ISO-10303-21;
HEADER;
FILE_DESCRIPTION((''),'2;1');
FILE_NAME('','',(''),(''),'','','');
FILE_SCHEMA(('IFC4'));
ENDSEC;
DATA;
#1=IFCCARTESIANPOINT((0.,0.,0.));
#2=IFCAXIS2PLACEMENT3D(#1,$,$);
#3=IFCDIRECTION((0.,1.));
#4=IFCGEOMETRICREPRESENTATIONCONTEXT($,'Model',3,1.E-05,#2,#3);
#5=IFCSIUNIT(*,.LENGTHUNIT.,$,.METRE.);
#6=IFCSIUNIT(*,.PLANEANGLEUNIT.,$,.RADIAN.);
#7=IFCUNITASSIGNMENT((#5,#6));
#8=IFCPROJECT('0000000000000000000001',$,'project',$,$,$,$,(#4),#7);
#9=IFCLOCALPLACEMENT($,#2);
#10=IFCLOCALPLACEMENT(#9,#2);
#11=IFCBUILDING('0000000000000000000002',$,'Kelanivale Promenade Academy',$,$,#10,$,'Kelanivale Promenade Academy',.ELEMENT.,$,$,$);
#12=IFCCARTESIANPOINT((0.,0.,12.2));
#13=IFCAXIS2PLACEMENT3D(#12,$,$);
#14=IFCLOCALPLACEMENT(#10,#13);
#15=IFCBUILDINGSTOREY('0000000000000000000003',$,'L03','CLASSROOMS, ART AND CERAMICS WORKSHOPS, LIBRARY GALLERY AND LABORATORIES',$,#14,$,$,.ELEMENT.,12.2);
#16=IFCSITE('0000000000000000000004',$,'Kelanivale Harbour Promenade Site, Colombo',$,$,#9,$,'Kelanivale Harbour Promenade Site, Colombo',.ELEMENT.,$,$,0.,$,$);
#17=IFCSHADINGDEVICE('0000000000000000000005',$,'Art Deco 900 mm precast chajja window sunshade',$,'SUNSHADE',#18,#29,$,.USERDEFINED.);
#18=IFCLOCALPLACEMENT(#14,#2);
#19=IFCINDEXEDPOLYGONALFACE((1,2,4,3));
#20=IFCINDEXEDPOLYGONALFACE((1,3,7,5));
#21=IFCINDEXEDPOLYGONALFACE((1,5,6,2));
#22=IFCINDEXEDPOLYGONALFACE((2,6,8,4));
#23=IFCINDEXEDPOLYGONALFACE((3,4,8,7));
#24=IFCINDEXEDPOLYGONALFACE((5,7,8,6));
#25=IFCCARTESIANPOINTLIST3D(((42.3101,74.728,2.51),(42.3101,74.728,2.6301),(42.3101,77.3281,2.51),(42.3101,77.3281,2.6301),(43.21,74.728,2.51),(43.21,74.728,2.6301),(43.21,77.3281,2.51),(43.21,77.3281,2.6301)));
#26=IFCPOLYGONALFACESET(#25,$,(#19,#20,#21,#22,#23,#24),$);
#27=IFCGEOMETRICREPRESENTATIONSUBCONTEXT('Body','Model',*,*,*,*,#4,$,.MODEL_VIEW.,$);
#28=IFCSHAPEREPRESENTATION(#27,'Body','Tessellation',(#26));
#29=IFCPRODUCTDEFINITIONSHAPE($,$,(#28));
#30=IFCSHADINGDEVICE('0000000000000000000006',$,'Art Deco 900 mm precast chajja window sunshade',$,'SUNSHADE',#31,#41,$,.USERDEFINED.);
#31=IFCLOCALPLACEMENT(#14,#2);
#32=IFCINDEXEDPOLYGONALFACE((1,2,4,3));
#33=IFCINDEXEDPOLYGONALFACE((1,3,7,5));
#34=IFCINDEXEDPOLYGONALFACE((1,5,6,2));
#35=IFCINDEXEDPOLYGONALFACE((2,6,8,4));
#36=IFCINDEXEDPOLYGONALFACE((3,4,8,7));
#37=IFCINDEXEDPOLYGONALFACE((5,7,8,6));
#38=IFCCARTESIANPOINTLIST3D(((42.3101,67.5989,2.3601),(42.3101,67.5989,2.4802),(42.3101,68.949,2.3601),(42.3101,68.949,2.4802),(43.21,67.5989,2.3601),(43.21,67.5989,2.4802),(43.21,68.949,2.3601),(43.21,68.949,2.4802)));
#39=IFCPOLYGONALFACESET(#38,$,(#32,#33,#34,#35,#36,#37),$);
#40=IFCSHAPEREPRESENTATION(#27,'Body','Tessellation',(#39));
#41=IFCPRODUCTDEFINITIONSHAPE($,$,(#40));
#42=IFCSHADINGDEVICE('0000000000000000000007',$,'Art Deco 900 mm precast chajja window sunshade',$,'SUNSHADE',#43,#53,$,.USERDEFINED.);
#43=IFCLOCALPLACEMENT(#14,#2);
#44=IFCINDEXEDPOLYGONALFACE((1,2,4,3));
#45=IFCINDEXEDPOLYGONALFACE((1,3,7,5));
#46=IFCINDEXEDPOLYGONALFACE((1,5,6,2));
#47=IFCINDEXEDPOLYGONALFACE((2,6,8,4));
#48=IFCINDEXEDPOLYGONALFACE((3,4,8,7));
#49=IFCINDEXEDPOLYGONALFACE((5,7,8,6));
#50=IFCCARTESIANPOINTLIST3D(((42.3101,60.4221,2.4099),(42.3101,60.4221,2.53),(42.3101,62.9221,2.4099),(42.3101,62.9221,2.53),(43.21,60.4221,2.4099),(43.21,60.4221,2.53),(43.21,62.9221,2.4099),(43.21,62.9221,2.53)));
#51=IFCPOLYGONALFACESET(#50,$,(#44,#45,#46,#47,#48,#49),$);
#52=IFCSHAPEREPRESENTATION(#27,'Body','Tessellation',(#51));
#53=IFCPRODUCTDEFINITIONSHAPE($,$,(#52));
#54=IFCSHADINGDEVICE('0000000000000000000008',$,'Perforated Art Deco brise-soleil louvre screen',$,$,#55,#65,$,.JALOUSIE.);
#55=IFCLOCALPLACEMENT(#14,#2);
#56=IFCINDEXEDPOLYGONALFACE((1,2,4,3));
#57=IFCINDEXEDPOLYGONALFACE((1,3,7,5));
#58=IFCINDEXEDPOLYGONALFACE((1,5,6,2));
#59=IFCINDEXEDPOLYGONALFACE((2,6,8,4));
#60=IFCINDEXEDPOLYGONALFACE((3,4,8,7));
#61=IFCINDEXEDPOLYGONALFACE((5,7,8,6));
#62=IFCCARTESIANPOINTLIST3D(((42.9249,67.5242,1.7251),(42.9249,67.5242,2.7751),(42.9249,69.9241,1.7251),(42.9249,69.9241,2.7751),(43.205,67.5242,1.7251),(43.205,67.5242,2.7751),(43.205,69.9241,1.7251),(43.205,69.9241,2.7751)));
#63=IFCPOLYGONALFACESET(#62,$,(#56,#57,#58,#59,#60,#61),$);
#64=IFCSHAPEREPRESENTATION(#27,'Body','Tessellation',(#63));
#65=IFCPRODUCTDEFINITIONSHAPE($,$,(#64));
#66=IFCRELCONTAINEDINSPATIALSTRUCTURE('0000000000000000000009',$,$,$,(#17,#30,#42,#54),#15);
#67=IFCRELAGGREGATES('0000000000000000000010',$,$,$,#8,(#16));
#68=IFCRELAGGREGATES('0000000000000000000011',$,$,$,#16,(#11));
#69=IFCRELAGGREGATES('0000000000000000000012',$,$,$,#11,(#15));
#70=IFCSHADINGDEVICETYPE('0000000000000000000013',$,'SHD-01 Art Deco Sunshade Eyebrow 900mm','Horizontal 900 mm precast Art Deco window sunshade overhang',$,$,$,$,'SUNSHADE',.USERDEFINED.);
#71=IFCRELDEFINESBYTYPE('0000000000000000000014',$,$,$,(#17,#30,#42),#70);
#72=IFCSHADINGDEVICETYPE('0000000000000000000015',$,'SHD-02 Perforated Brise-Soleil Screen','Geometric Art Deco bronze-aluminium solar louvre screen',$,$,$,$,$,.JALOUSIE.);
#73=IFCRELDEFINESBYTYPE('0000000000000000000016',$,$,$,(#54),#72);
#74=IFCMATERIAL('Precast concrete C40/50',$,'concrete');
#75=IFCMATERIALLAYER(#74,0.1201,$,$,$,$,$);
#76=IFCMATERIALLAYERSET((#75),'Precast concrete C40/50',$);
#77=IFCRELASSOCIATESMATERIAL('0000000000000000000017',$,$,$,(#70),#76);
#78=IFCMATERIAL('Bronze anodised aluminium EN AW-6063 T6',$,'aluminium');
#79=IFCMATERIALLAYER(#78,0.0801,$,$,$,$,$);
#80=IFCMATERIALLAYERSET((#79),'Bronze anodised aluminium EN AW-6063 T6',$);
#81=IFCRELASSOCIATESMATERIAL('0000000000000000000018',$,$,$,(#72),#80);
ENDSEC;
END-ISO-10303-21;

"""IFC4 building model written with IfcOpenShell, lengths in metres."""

from ifc_helpers import new_model, si_unit, direction, frame, origin, origin_2d, place, context, subcontext, project, spatial, rectangle, extrude, material, layer, layer_set, type_object, element, save


model = new_model("IFC4")

# Units and contexts
model_context = context("Model", 3, precision=1e-05, world=origin(), true_north=direction((0.0, 1.0)))
body_context = subcontext(model_context, "Body", "Model", "MODEL_VIEW")
ifc_project = project(units=[si_unit("LENGTHUNIT", "METRE"), si_unit("PLANEANGLEUNIT", "RADIAN")], contexts=[model_context])

# Site, building, storey
site_placement = place(None, origin())
site = spatial("IfcSite", under=ifc_project, at=site_placement, Name="Kelanivale Harbour Promenade Site, Colombo", LongName="Kelanivale Harbour Promenade Site, Colombo", CompositionType="ELEMENT", RefElevation=0.0)
building_placement = place(site_placement, origin())
building = spatial("IfcBuilding", under=site, at=building_placement, Name="Kelanivale Promenade Academy", LongName="Kelanivale Promenade Academy", CompositionType="ELEMENT")
storey_placement = place(building_placement, frame((0.0, 0.0, 12.2)))
storey = spatial("IfcBuildingStorey", under=building, at=storey_placement, Name="L03", Description="CLASSROOMS, ART AND CERAMICS WORKSHOPS, LIBRARY GALLERY AND LABORATORIES", CompositionType="ELEMENT", Elevation=12.2)

# Shading devices
ifc_material_1 = material(Name="Precast concrete C40/50", Category="concrete")
ifc_layer_1 = layer(ifc_material_1, 0.1201)
ifc_layer_set_1 = layer_set([ifc_layer_1], Name="Precast concrete C40/50")
shading_device_type_1 = type_object("IfcShadingDeviceType", Name="SHD-01 Art Deco Sunshade Eyebrow 900mm", Description="Horizontal 900 mm precast Art Deco window sunshade overhang", ElementType="SUNSHADE", PredefinedType="USERDEFINED", material=ifc_layer_set_1)
shading_device_1_placement = place(storey_placement, frame((42.76, 76.0281, 2.51), z_axis=(0.0, 0.0, 1.0), x_axis=(0.0, -1.0, 0.0)))
element("IfcShadingDevice", 1, at=shading_device_1_placement, inside=storey, type_object=shading_device_type_1, Name="Art Deco 900 mm precast chajja window sunshade", ObjectType="SUNSHADE", PredefinedType="USERDEFINED", context=body_context, shape_type="SweptSolid", body=[
    extrude(rectangle(XDim=2.6001, YDim=0.8999, at=origin_2d()), origin(), (0.0, 0.0, 1.0), 0.1201),
])
shading_device_2_placement = place(storey_placement, frame((42.76, 68.2739, 2.3601), z_axis=(0.0, 0.0, 1.0), x_axis=(0.0, -1.0, 0.0)))
element("IfcShadingDevice", 2, at=shading_device_2_placement, inside=storey, type_object=shading_device_type_1, Name="Art Deco 900 mm precast chajja window sunshade", ObjectType="SUNSHADE", PredefinedType="USERDEFINED", context=body_context, shape_type="SweptSolid", body=[
    extrude(rectangle(XDim=1.3501, YDim=0.8999, at=origin_2d()), origin(), (0.0, 0.0, 1.0), 0.1201),
])
shading_device_3_placement = place(storey_placement, frame((42.76, 61.6721, 2.4099), z_axis=(0.0, 0.0, 1.0), x_axis=(0.0, -1.0, 0.0)))
element("IfcShadingDevice", 3, at=shading_device_3_placement, inside=storey, type_object=shading_device_type_1, Name="Art Deco 900 mm precast chajja window sunshade", ObjectType="SUNSHADE", PredefinedType="USERDEFINED", context=body_context, shape_type="SweptSolid", body=[
    extrude(rectangle(XDim=2.5, YDim=0.8999, at=origin_2d()), origin(), (0.0, 0.0, 1.0), 0.1201),
])
ifc_material_2 = material(Name="Bronze anodised aluminium EN AW-6063 T6", Category="aluminium")
ifc_layer_2 = layer(ifc_material_2, 0.0801)
ifc_layer_set_2 = layer_set([ifc_layer_2], Name="Bronze anodised aluminium EN AW-6063 T6")
shading_device_type_2 = type_object("IfcShadingDeviceType", Name="SHD-02 Perforated Brise-Soleil Screen", Description="Geometric Art Deco bronze-aluminium solar louvre screen", PredefinedType="JALOUSIE", material=ifc_layer_set_2)
shading_device_4_placement = place(storey_placement, frame((43.0649, 68.7241, 1.7251), z_axis=(0.0, 0.0, 1.0), x_axis=(0.0, -1.0, 0.0)))
element("IfcShadingDevice", 4, at=shading_device_4_placement, inside=storey, type_object=shading_device_type_2, Name="Perforated Art Deco brise-soleil louvre screen", PredefinedType="JALOUSIE", context=body_context, shape_type="SweptSolid", body=[
    extrude(rectangle(XDim=2.3999, YDim=0.28, at=origin_2d()), origin(), (0.0, 0.0, 1.0), 1.05),
])

save(model, "model.ifc")
